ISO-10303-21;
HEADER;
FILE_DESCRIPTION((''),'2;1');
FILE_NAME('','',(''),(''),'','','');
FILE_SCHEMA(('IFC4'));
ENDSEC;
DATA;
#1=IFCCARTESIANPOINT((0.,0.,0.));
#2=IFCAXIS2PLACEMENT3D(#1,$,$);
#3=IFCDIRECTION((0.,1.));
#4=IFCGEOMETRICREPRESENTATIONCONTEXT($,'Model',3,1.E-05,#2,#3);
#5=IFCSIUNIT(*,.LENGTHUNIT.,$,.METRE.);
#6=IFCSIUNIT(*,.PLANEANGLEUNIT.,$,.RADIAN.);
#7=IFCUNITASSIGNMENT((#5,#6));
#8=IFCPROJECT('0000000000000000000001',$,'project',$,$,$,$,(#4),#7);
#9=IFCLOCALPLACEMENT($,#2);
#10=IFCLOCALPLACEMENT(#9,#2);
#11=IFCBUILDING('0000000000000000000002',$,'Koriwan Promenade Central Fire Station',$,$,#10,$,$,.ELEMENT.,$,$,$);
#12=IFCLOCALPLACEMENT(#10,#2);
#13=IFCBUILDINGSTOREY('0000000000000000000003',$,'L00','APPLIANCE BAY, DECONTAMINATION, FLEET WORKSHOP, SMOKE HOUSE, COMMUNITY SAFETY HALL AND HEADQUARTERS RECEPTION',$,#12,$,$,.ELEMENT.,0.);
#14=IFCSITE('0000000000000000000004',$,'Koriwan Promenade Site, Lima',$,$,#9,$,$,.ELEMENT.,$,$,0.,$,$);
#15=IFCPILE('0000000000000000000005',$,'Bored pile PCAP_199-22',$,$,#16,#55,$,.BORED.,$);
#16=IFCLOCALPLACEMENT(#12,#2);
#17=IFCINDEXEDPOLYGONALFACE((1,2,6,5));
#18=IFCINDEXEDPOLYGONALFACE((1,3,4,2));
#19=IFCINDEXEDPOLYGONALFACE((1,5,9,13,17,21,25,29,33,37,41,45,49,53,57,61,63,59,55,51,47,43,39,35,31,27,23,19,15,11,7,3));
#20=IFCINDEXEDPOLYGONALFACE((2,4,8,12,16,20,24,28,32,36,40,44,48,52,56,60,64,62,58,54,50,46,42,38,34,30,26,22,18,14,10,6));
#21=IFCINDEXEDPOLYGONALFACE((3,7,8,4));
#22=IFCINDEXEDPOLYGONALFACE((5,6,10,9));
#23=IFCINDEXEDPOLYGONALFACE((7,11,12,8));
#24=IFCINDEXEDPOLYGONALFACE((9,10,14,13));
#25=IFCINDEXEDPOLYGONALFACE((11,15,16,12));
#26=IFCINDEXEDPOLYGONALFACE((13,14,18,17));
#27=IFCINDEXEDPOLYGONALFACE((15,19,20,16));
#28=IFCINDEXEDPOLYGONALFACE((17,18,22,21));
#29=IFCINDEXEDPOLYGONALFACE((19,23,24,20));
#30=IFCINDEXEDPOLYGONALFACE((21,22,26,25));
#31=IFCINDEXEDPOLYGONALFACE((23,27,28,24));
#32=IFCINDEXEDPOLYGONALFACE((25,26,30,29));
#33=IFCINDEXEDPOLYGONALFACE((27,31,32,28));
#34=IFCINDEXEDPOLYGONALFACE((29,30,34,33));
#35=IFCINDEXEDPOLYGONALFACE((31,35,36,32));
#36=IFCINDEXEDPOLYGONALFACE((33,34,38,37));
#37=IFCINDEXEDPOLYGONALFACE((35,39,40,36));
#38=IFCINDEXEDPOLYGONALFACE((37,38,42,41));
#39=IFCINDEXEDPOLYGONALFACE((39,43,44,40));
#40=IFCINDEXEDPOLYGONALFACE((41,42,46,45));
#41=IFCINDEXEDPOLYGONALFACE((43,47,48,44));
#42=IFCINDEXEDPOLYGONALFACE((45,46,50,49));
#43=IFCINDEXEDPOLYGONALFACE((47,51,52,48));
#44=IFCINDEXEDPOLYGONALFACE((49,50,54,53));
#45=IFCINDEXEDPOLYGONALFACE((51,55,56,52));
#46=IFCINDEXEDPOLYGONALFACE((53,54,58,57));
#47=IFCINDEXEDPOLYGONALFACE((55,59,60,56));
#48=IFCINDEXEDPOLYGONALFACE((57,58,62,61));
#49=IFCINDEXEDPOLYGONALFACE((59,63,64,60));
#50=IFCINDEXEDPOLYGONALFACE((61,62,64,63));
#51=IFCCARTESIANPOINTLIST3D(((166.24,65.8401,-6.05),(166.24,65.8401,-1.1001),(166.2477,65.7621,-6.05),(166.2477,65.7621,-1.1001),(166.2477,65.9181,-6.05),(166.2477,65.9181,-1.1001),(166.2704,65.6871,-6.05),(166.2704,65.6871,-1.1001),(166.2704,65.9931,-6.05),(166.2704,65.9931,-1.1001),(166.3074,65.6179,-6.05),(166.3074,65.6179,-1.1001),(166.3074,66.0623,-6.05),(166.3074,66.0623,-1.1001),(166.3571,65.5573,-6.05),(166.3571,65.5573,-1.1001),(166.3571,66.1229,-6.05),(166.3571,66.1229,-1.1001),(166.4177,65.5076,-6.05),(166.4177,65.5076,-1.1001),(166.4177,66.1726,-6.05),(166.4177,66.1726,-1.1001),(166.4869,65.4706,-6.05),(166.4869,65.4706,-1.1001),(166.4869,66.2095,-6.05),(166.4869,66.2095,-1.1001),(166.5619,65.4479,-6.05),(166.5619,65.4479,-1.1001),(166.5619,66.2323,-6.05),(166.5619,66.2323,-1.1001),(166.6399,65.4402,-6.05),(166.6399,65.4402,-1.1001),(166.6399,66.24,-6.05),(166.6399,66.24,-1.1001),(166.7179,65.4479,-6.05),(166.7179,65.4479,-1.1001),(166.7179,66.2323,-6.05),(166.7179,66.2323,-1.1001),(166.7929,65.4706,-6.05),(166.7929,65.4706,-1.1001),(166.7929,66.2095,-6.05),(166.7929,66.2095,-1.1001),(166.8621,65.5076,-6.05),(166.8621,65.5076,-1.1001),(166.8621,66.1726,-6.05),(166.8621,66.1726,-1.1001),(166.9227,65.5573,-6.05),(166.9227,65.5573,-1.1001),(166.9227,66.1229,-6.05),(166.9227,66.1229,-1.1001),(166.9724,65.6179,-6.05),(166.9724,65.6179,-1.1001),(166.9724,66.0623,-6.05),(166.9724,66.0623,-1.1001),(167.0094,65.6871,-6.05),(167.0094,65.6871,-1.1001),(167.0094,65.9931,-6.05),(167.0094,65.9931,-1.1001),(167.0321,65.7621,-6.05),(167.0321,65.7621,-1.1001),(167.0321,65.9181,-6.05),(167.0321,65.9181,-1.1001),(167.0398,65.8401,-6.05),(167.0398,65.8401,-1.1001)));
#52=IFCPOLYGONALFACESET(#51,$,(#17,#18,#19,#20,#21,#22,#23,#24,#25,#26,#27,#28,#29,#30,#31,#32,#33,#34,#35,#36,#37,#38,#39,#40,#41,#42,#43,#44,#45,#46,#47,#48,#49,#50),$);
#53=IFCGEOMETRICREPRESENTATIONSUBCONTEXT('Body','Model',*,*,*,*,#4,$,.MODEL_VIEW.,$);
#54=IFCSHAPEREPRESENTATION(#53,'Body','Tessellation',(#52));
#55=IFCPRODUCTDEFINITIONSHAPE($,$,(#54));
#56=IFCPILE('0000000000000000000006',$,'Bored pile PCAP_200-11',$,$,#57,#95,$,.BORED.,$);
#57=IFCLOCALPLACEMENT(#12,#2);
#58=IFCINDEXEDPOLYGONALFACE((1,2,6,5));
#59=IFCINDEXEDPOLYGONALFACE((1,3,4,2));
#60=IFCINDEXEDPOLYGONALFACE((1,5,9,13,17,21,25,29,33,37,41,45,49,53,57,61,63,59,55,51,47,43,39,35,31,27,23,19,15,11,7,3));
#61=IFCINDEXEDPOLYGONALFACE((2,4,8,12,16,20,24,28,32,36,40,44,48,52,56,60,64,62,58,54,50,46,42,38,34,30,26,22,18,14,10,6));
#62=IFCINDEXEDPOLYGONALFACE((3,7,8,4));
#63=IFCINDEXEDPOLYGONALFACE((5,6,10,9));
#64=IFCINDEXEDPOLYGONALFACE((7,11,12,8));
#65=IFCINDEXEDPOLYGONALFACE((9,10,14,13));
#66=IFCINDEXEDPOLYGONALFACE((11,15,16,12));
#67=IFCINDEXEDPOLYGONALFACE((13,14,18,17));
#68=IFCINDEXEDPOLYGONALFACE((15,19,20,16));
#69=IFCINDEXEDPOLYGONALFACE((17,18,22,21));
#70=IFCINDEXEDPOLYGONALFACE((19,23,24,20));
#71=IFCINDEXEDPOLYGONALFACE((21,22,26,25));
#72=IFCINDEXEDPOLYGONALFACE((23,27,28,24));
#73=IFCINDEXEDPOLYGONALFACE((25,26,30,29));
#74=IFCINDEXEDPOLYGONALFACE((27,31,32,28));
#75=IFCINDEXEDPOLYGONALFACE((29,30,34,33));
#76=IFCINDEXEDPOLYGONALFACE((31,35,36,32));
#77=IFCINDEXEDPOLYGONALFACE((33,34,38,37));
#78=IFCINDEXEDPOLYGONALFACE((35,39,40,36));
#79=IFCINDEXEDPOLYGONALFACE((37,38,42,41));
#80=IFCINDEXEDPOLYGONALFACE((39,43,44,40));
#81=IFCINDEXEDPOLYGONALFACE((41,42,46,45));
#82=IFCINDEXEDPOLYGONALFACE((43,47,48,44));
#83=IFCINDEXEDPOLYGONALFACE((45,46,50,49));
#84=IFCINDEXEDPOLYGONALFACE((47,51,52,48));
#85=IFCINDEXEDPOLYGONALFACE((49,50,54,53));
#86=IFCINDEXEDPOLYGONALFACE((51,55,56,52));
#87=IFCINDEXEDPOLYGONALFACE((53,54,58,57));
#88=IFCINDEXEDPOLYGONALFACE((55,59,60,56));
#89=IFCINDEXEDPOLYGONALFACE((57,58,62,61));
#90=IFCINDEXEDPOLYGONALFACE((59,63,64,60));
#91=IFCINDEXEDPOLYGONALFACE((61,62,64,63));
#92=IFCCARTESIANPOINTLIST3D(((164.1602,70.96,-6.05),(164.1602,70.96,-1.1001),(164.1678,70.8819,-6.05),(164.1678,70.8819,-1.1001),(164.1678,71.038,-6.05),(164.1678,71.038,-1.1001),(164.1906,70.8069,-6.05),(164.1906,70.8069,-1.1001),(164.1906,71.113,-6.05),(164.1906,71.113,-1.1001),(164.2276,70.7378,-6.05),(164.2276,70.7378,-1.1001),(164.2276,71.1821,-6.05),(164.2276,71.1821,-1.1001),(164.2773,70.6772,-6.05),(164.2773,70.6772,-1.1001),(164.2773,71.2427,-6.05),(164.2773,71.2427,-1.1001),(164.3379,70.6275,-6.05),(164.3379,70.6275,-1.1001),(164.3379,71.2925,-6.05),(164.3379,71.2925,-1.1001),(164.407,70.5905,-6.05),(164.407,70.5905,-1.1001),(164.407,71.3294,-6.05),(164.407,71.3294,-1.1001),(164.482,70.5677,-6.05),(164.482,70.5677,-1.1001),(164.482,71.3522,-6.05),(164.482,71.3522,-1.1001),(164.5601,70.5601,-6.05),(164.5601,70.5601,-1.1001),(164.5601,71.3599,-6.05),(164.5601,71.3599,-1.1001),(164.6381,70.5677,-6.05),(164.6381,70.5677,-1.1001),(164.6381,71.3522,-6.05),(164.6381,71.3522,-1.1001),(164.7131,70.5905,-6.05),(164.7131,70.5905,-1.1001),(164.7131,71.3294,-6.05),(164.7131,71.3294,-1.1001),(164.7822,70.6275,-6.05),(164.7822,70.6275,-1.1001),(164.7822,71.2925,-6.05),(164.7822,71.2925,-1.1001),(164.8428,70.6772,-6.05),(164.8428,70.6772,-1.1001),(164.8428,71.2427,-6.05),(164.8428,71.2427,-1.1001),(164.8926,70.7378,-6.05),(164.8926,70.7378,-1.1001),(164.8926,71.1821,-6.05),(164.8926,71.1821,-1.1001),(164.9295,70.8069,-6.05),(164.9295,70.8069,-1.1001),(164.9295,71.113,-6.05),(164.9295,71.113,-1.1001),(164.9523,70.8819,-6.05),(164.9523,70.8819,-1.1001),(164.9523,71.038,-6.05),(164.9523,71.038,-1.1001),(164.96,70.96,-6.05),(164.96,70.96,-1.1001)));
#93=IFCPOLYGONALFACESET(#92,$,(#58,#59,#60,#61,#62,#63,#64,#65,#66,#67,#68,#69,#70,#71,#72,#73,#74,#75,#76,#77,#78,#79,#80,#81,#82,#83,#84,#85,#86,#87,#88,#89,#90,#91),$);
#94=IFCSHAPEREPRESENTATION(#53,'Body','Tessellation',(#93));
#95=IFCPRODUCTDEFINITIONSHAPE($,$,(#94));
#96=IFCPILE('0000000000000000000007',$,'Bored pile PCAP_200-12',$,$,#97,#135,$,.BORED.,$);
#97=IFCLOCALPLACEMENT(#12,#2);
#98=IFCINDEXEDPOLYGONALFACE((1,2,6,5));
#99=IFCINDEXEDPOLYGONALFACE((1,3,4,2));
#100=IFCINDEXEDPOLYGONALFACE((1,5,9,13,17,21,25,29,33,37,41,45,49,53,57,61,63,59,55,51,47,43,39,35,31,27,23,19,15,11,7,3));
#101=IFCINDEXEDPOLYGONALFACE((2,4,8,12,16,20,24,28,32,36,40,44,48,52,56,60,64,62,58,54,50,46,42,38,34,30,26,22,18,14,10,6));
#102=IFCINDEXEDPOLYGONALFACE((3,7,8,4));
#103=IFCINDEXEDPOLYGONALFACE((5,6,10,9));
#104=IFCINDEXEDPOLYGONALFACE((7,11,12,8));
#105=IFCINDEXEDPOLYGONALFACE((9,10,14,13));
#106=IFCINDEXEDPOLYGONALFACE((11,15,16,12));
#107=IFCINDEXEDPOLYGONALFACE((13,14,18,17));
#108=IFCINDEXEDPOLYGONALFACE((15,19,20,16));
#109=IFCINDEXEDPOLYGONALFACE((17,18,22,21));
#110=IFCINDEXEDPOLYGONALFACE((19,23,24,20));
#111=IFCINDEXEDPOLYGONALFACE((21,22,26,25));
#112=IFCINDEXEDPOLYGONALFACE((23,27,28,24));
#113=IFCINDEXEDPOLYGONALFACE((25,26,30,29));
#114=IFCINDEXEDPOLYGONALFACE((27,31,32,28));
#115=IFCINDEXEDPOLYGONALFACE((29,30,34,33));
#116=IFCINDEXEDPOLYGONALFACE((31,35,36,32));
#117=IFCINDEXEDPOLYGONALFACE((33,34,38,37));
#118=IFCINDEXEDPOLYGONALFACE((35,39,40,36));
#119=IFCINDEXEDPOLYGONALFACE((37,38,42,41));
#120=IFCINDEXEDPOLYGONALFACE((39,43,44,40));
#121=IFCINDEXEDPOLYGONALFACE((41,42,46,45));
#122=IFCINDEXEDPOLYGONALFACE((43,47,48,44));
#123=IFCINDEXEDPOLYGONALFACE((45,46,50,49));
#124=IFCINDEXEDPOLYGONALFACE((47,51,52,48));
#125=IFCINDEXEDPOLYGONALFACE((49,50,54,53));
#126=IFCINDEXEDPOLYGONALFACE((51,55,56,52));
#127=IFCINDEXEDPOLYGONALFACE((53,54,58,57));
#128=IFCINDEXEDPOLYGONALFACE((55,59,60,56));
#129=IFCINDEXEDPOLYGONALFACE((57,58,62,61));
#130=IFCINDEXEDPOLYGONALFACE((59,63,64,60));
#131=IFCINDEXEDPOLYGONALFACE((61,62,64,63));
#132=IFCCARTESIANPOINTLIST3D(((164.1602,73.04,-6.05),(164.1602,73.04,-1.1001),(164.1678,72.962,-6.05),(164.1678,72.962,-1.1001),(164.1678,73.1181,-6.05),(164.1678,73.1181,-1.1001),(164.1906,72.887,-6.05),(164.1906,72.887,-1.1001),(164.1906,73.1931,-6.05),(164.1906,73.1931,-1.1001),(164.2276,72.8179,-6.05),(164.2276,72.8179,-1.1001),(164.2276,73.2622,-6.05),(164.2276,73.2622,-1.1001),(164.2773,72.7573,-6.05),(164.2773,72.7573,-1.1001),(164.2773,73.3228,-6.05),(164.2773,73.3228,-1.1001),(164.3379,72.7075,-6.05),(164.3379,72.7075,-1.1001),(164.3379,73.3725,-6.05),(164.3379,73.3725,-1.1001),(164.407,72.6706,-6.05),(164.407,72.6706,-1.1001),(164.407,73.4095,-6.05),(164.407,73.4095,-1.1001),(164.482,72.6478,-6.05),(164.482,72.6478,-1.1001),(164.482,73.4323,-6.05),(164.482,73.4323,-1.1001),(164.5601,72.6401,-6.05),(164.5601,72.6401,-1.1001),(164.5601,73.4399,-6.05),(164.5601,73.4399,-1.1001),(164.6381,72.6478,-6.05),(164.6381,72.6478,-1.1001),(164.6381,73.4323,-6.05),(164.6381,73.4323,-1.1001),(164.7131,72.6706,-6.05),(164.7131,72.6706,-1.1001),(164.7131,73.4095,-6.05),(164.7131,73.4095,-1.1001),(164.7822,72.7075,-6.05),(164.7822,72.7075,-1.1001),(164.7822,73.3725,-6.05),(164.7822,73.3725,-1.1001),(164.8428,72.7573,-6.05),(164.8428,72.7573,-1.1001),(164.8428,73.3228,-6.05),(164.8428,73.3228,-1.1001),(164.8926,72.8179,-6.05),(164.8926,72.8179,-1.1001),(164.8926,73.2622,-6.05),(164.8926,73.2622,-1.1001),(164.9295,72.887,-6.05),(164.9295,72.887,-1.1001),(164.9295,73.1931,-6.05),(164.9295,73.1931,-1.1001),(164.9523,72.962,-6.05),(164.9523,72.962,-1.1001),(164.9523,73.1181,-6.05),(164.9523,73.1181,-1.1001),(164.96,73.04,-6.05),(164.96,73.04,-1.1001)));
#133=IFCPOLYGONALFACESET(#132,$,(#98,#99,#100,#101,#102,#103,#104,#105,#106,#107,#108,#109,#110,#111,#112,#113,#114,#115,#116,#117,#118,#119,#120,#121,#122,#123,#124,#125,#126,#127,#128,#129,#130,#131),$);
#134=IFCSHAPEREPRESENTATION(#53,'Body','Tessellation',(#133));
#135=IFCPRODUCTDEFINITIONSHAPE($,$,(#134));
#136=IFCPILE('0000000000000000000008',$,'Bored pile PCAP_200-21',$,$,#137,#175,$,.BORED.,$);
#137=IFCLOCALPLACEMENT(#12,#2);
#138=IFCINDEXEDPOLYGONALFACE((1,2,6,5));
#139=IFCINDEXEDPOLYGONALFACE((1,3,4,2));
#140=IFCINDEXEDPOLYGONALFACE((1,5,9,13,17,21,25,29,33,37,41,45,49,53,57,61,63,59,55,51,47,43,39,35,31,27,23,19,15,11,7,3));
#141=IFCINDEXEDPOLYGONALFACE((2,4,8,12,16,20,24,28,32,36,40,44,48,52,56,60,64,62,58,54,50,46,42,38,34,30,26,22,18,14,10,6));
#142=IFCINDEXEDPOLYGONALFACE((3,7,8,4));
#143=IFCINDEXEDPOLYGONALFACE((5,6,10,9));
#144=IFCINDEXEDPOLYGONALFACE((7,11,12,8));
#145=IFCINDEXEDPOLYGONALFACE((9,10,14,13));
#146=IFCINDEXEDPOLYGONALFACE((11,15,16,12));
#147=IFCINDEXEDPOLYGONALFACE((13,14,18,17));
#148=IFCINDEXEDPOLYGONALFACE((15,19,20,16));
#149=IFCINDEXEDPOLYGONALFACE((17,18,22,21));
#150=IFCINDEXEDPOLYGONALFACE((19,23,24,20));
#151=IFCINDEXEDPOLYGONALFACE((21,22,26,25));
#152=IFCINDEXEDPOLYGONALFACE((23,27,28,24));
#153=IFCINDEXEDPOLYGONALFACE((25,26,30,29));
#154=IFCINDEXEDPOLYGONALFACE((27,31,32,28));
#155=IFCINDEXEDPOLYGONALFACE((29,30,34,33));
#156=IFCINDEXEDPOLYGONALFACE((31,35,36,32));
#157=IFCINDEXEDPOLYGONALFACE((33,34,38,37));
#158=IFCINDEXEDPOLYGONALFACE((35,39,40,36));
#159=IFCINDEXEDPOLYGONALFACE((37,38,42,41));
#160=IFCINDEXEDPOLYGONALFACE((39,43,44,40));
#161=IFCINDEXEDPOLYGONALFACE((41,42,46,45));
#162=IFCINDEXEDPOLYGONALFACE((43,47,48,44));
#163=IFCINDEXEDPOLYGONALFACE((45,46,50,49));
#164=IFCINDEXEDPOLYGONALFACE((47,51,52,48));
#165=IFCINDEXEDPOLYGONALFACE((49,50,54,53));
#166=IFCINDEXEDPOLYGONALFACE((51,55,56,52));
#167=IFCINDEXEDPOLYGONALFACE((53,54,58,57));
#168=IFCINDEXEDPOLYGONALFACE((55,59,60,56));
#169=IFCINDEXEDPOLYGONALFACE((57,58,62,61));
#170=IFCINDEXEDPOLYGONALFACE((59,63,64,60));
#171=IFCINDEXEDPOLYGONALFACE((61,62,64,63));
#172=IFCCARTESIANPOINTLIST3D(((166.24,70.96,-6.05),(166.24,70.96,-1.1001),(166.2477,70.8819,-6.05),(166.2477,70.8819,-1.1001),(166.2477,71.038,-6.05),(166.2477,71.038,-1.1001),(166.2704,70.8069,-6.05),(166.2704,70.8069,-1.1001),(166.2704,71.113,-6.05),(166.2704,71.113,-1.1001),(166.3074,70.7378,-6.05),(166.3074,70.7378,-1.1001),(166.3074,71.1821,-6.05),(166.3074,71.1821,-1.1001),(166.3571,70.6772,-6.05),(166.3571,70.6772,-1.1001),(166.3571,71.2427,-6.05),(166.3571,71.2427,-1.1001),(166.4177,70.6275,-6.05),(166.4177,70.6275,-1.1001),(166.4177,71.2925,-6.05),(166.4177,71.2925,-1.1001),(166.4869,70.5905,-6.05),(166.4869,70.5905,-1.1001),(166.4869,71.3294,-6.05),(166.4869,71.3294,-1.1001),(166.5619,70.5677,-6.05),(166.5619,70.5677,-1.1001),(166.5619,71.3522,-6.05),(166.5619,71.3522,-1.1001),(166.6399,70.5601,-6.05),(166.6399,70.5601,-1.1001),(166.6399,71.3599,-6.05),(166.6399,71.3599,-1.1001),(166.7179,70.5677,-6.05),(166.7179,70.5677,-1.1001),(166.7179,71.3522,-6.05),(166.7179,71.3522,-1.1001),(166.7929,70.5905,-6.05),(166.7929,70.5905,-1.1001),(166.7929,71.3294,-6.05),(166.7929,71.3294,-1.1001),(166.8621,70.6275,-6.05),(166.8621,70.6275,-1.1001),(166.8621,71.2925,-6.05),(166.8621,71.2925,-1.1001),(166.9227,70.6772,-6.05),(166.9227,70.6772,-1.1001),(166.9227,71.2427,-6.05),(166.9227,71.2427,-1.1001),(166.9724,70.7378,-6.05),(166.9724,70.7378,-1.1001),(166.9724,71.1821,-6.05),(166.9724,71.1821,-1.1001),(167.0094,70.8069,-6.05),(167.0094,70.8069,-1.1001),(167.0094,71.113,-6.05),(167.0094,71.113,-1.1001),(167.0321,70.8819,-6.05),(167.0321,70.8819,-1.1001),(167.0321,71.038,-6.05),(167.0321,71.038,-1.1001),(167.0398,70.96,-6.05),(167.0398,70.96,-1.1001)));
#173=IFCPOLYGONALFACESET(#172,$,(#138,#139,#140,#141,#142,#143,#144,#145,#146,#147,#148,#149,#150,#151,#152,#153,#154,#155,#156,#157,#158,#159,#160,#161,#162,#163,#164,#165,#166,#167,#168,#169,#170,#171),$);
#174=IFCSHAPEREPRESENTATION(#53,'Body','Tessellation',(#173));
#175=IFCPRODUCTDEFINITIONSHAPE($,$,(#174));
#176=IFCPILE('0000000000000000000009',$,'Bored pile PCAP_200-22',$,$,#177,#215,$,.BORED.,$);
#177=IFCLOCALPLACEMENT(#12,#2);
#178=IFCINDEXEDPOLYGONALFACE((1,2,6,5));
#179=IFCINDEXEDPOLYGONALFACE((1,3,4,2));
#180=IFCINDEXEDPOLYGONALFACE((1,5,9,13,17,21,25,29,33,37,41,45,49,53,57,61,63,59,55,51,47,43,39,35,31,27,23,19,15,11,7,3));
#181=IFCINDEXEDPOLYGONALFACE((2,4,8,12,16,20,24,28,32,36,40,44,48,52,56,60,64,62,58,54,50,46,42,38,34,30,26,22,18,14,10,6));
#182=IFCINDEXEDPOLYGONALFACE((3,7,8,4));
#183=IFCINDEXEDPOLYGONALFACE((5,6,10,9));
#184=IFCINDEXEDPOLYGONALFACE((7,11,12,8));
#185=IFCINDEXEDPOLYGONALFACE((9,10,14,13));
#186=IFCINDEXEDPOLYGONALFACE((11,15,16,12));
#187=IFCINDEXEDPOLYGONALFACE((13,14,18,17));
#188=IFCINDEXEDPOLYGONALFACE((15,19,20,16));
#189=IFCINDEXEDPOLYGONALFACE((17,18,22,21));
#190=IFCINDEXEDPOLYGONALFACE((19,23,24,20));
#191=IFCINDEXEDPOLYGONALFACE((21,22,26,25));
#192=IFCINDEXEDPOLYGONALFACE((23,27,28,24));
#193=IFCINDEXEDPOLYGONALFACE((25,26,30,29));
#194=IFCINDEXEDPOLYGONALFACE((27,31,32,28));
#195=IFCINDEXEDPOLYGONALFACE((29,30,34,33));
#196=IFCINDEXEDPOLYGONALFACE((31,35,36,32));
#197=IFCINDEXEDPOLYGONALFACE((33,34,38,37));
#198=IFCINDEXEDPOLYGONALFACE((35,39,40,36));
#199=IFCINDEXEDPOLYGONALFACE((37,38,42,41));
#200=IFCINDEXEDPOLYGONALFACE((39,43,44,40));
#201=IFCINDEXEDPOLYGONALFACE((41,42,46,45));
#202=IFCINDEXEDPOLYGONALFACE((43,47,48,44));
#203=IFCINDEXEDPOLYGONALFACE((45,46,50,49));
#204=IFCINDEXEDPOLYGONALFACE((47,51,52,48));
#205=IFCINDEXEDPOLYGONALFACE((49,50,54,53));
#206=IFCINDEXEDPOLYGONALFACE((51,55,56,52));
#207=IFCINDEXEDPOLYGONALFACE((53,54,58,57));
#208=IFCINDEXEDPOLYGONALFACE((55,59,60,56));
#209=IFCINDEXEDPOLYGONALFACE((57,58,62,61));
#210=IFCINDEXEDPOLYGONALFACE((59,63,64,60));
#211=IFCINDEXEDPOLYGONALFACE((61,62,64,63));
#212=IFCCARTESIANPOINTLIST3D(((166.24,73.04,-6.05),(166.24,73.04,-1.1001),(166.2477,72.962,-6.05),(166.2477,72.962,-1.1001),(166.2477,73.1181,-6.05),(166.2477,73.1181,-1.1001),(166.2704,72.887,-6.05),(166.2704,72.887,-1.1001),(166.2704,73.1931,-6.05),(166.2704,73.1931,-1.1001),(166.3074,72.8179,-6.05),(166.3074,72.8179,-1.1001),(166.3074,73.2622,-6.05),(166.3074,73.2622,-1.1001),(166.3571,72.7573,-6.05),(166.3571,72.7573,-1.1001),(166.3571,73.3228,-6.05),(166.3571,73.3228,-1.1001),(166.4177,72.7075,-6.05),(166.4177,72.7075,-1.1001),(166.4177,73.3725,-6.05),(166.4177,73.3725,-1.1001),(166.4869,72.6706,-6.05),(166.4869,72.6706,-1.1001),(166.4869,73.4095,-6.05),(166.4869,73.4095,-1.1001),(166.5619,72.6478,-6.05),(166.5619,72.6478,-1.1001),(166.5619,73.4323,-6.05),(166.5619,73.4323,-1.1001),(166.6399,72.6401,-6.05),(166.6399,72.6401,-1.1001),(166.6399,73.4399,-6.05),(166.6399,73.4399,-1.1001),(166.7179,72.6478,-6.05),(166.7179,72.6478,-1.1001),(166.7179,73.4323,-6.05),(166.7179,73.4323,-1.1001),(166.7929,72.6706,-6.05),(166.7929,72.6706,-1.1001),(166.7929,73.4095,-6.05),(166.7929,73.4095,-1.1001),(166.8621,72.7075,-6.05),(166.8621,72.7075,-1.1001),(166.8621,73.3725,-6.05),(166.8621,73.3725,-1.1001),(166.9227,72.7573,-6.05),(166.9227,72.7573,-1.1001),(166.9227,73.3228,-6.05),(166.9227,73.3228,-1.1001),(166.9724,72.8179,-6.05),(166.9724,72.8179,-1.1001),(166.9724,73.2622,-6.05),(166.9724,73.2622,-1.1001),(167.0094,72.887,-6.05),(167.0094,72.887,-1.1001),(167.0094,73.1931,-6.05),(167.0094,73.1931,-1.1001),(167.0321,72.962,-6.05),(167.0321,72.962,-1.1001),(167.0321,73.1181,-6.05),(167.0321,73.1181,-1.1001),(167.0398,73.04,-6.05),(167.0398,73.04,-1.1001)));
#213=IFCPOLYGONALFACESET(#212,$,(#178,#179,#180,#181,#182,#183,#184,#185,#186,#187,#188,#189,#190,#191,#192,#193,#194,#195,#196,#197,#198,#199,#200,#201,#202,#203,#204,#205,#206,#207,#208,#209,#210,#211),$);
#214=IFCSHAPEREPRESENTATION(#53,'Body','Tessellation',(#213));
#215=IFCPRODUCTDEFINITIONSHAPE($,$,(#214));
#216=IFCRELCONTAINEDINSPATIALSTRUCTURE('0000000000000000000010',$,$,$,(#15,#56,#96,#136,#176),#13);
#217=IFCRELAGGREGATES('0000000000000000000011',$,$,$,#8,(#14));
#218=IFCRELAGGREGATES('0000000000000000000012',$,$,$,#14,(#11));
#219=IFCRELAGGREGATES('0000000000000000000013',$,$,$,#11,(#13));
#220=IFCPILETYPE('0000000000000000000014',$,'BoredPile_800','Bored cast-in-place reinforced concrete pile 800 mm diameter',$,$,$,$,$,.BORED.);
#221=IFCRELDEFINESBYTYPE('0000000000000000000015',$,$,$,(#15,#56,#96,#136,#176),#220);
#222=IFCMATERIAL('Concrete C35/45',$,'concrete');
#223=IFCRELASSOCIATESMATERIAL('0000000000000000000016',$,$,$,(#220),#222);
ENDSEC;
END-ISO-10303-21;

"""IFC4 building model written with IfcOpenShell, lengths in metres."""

from ifc_helpers import new_model, si_unit, direction, frame, origin, origin_2d, place, context, subcontext, project, spatial, circle, extrude, material, material_profile, profile_set, type_object, element, save


model = new_model("IFC4")

# Units and contexts
model_context = context("Model", 3, precision=1e-05, world=origin(), true_north=direction((0.0, 1.0)))
body_context = subcontext(model_context, "Body", "Model", "MODEL_VIEW")
ifc_project = project(units=[si_unit("LENGTHUNIT", "METRE"), si_unit("PLANEANGLEUNIT", "RADIAN")], contexts=[model_context])

# Site, building, storey
site_placement = place(None, origin())
site = spatial("IfcSite", under=ifc_project, at=site_placement, Name="Koriwan Promenade Site, Lima", CompositionType="ELEMENT", RefElevation=0.0)
building_placement = place(site_placement, origin())
building = spatial("IfcBuilding", under=site, at=building_placement, Name="Koriwan Promenade Central Fire Station", CompositionType="ELEMENT")
storey_placement = place(building_placement, origin())
storey = spatial("IfcBuildingStorey", under=building, at=storey_placement, Name="L00", Description="APPLIANCE BAY, DECONTAMINATION, FLEET WORKSHOP, SMOKE HOUSE, COMMUNITY SAFETY HALL AND HEADQUARTERS RECEPTION", CompositionType="ELEMENT", Elevation=0.0)

# Piles
ifc_material_1 = material(Name="Concrete C35/45", Category="concrete")
ifc_material_profile_1 = material_profile(ifc_material_1, circle(Radius=0.3999, at=origin_2d()), Name="PILE-D800")
ifc_profile_set_1 = profile_set([ifc_material_profile_1], Name="Concrete C35/45")
pile_type = type_object("IfcPileType", Name="BoredPile_800", Description="Bored cast-in-place reinforced concrete pile 800 mm diameter", PredefinedType="BORED", material=ifc_profile_set_1)
for number, where, z_axis, x_axis, name in (
    (1, (166.6399, 65.8401, -1.1001), (0.0, 0.0, -1.0), (1.0, 0.0, 0.0), "Bored pile PCAP_199-22"),
    (2, (164.5601, 70.96, -1.1001), (0.0, 0.0, -1.0), (1.0, 0.0, 0.0), "Bored pile PCAP_200-11"),
    (3, (164.5601, 73.04, -1.1001), (0.0, 0.0, -1.0), (1.0, 0.0, 0.0), "Bored pile PCAP_200-12"),
    (4, (166.6399, 70.96, -1.1001), (0.0, 0.0, -1.0), (1.0, 0.0, 0.0), "Bored pile PCAP_200-21"),
    (5, (166.6399, 73.04, -1.1001), (0.0, 0.0, -1.0), (1.0, 0.0, 0.0), "Bored pile PCAP_200-22"),
):
    element("IfcPile", number, at=place(storey_placement, frame(where, z_axis=z_axis, x_axis=x_axis)), inside=storey, type_object=pile_type, Name=name, PredefinedType="BORED", context=body_context, shape_type="SweptSolid", body=[
        extrude(circle(Radius=0.3999, at=origin_2d()), origin(), (0.0, 0.0, 1.0), 4.95),
    ])

save(model, "model.ifc")
